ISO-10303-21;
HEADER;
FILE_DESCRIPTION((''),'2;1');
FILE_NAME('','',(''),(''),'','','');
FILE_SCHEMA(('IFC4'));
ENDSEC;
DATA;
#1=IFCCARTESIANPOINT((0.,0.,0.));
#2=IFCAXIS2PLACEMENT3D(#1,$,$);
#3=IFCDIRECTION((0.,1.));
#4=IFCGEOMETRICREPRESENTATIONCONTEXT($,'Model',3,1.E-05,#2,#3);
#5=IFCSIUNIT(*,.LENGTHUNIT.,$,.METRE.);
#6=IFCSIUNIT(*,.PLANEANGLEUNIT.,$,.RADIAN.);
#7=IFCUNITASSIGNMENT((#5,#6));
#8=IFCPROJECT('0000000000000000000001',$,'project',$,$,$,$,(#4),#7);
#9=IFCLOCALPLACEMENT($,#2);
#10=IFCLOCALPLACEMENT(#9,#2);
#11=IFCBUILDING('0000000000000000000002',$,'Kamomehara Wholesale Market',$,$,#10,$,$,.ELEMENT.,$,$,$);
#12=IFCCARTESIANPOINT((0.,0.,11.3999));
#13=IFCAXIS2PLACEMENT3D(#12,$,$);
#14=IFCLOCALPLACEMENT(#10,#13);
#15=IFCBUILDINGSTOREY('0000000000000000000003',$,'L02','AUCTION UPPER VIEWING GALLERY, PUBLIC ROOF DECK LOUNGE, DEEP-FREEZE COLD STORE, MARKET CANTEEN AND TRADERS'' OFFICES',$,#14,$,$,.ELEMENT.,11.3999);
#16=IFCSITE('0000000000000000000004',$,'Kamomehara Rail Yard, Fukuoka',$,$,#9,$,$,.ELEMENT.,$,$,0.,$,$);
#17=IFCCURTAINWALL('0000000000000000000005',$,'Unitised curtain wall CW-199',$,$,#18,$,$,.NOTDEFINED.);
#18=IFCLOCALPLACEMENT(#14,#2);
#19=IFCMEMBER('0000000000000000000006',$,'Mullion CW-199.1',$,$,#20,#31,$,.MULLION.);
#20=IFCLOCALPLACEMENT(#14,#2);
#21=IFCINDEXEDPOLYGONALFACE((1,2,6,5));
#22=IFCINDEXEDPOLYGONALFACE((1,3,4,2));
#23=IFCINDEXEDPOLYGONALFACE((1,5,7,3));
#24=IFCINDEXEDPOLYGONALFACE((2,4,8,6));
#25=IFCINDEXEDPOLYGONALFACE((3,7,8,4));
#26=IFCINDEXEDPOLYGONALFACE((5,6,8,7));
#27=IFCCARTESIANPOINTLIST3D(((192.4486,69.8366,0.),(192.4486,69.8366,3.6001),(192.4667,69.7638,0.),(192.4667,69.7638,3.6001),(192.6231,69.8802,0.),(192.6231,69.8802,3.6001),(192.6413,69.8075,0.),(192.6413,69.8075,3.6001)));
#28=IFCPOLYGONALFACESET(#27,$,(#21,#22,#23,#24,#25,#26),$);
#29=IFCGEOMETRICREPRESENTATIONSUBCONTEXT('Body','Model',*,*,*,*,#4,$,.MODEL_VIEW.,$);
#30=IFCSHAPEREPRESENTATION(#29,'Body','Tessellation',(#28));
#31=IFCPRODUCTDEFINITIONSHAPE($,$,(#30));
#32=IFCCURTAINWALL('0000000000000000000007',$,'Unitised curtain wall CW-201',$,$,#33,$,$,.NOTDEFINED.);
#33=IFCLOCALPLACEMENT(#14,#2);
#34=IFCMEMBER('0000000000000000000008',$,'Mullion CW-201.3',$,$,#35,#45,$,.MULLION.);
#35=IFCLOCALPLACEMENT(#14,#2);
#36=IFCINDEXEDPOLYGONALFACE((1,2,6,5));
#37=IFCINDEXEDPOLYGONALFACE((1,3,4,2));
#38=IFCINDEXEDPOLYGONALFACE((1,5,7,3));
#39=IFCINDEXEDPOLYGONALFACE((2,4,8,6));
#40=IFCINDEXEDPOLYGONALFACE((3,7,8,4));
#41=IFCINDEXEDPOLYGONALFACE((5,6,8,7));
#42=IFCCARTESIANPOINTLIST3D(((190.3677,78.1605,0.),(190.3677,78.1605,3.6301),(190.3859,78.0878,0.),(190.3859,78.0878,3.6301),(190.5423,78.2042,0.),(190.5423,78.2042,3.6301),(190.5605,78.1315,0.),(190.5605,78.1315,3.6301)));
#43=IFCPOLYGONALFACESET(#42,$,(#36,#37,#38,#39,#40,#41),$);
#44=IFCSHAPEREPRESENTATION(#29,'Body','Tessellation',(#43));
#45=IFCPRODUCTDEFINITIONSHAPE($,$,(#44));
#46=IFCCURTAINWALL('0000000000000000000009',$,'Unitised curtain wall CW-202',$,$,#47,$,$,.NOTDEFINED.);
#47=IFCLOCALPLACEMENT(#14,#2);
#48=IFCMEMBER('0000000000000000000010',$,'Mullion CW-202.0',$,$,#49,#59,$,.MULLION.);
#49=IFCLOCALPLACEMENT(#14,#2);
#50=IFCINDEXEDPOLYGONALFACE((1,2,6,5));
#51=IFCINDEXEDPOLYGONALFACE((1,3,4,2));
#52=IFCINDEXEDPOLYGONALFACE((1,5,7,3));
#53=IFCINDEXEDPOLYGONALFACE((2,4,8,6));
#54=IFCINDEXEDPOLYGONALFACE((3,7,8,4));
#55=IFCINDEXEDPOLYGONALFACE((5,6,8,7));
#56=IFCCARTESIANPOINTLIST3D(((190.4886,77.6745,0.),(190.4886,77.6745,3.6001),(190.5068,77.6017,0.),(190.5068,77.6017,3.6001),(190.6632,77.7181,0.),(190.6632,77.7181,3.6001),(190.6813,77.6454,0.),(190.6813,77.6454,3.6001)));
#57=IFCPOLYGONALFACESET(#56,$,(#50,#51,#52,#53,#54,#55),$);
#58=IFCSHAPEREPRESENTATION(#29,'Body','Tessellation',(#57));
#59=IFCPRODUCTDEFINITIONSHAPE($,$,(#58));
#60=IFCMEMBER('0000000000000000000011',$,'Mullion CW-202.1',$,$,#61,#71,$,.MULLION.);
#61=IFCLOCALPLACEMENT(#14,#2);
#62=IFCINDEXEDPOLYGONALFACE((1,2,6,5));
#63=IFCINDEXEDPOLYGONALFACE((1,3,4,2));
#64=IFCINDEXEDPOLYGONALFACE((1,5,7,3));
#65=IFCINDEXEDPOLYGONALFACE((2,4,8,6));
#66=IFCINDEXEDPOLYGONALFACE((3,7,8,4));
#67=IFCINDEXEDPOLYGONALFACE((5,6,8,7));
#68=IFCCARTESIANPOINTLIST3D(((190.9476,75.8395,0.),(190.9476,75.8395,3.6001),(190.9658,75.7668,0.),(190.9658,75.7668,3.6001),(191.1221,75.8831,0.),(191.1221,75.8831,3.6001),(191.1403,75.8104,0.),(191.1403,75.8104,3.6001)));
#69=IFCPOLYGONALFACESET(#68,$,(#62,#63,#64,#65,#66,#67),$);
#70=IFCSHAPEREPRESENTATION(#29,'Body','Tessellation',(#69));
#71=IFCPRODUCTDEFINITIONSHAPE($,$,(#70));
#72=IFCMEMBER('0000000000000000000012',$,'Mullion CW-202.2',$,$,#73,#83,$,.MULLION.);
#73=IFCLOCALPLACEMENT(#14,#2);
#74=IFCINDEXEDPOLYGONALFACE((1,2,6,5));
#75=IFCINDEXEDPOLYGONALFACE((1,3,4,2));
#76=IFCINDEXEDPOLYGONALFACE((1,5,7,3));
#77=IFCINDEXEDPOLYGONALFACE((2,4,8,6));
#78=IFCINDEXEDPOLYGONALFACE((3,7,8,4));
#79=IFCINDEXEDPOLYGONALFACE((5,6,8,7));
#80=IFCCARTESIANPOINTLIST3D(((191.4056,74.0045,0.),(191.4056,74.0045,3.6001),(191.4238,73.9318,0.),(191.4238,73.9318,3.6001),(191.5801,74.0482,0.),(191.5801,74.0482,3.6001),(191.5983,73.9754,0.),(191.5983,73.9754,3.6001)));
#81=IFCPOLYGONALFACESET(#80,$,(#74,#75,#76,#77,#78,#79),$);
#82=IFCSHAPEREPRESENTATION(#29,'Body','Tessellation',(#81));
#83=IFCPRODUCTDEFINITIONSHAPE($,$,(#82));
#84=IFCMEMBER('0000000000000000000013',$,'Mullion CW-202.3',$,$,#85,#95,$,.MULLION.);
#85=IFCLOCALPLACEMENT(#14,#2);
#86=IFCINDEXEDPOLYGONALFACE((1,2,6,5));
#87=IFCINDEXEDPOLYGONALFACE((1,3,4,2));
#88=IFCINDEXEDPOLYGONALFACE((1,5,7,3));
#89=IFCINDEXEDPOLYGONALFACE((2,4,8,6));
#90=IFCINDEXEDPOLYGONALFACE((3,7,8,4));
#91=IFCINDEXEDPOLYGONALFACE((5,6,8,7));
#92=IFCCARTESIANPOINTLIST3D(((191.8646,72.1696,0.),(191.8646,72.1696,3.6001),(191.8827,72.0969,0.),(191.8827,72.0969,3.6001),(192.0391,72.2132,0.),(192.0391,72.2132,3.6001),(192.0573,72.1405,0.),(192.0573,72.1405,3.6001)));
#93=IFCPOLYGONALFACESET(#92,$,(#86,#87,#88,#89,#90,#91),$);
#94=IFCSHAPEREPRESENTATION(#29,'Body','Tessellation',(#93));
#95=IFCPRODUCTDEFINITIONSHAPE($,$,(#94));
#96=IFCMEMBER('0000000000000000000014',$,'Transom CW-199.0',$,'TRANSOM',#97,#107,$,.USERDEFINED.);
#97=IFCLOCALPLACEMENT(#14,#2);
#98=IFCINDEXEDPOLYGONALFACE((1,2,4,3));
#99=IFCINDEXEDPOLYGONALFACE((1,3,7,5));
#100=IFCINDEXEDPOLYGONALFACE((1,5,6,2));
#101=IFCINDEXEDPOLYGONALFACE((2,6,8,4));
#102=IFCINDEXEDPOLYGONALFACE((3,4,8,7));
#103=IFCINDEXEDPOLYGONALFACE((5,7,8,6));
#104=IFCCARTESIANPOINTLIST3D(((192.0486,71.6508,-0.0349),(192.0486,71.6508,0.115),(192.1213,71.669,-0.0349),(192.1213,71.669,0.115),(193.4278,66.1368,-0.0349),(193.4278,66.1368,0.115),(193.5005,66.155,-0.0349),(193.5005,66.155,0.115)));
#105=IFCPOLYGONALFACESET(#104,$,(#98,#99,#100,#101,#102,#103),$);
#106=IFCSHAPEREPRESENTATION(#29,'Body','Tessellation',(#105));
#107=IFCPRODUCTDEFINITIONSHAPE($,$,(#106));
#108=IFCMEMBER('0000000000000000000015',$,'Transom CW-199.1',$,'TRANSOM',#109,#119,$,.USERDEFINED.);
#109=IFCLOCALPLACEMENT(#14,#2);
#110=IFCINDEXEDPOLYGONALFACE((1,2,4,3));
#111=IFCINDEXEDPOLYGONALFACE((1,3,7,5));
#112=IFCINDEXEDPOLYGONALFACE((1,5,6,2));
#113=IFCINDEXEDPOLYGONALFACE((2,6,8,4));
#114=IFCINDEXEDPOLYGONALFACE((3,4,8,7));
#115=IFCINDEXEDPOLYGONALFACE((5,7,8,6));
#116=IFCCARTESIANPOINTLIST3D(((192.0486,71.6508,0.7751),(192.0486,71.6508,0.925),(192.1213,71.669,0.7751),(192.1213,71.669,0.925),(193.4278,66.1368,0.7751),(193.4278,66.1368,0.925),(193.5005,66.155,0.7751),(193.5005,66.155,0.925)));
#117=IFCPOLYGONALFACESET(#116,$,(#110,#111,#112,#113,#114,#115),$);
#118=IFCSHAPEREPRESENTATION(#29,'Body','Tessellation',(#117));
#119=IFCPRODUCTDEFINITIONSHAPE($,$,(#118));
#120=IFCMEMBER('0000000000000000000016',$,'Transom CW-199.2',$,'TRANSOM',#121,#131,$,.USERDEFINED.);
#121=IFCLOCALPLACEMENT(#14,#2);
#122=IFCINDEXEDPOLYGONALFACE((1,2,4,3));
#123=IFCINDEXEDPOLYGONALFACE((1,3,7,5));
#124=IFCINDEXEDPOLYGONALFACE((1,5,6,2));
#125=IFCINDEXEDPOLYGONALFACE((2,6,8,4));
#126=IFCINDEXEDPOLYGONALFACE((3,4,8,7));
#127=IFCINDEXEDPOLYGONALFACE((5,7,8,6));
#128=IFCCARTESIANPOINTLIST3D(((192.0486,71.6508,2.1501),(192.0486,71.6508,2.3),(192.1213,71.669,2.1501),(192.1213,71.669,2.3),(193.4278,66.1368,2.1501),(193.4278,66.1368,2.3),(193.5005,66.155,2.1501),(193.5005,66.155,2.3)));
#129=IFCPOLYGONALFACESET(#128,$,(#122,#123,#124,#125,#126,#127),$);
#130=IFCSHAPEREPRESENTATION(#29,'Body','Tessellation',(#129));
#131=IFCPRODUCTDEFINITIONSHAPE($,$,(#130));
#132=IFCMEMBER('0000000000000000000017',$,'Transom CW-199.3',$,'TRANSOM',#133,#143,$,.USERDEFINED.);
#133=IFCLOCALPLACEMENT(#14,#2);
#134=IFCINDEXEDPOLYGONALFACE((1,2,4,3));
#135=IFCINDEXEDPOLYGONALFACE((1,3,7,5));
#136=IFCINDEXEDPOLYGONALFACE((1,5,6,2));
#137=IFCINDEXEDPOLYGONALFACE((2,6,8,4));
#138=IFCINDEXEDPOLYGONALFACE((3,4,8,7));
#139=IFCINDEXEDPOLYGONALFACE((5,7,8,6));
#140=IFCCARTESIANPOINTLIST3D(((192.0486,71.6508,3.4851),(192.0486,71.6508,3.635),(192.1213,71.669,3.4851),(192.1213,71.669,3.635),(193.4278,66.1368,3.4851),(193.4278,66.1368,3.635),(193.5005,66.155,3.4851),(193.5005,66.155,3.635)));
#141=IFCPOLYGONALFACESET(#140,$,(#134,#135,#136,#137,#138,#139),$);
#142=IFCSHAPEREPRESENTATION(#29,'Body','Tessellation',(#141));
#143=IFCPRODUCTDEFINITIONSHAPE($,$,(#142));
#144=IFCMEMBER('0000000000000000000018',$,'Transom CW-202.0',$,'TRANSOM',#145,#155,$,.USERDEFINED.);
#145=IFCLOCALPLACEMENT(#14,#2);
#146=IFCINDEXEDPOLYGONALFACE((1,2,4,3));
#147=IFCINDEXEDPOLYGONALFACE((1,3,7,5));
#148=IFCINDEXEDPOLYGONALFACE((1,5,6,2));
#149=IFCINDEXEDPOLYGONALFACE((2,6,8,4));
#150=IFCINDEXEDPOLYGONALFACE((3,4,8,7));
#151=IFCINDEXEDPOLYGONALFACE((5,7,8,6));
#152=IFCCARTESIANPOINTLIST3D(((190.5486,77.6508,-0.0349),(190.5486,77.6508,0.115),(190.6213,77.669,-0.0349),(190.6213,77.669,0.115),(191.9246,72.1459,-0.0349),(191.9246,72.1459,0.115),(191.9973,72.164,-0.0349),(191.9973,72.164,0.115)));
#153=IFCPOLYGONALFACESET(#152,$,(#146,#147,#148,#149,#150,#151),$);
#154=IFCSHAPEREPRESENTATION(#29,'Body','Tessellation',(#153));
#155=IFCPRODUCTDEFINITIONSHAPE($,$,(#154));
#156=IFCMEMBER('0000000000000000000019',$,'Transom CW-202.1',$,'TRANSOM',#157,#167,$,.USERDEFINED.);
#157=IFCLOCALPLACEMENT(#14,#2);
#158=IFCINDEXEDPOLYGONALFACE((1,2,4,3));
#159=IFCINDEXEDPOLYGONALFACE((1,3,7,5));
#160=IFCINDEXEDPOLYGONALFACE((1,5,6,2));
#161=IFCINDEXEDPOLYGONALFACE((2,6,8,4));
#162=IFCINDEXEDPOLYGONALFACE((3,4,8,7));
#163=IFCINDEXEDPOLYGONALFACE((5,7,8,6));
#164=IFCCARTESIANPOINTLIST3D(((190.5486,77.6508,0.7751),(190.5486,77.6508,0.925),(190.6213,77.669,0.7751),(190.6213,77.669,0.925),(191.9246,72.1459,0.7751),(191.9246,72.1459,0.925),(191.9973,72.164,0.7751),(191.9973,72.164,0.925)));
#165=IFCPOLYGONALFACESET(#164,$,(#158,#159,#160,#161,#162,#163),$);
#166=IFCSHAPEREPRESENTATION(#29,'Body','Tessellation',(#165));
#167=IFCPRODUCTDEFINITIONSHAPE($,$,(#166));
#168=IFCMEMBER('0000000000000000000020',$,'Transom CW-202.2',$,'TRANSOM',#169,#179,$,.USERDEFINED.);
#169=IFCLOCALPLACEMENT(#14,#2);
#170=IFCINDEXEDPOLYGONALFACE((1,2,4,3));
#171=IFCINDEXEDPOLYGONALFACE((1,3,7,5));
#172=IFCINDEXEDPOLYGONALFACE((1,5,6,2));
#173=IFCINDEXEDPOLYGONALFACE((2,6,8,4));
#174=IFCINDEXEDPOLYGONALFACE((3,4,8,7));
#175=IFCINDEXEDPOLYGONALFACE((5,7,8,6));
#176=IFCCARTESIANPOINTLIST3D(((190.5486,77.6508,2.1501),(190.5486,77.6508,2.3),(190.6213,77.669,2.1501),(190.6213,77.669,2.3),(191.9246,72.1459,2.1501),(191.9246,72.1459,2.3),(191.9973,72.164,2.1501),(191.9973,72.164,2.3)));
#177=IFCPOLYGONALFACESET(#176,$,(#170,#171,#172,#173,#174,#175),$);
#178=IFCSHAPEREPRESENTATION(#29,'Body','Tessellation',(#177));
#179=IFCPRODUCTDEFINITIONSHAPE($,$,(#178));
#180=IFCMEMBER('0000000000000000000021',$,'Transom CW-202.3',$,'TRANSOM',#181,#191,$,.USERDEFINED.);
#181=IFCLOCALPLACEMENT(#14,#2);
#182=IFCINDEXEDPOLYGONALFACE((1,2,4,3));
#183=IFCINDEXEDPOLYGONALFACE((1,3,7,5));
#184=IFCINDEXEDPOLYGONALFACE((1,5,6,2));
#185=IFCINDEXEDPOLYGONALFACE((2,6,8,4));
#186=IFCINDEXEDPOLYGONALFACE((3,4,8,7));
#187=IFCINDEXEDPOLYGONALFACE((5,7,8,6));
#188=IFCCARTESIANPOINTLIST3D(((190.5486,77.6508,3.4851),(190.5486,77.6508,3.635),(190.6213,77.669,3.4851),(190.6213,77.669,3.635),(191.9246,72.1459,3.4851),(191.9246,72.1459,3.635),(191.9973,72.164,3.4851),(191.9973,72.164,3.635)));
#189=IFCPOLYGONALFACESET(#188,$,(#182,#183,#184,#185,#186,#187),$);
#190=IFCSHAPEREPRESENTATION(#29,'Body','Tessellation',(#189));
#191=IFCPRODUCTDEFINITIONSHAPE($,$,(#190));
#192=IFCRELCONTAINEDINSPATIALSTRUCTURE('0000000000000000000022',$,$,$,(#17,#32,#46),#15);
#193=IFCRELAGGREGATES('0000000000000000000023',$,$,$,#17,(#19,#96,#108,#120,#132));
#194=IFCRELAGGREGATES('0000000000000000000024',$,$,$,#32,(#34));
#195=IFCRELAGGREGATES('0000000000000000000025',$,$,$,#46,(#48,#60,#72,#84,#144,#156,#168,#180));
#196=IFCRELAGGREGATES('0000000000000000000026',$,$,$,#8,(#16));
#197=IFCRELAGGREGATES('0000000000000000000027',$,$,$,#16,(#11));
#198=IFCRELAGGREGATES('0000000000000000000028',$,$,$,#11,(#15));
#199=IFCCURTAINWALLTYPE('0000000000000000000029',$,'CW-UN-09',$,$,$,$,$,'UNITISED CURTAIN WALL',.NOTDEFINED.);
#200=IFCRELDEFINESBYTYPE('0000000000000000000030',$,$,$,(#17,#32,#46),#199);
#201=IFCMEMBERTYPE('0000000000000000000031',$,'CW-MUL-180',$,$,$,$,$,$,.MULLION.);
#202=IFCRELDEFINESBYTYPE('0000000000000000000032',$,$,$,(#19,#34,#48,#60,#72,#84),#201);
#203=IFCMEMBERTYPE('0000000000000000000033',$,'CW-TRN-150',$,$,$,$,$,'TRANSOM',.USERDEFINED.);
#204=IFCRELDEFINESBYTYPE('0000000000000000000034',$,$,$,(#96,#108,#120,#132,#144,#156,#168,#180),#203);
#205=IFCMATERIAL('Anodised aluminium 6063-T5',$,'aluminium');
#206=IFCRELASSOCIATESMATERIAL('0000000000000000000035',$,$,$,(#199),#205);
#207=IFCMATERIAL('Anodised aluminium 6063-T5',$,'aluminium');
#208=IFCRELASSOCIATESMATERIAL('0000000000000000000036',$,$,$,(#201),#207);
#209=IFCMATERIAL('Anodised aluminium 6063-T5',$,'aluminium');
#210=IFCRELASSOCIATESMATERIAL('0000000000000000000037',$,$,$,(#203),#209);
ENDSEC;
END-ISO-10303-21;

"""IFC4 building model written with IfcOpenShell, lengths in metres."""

from ifc_helpers import new_model, si_unit, direction, frame, origin, origin_2d, place, context, subcontext, project, spatial, rectangle, extrude, material, material_profile, profile_set, type_object, element, aggregate, save


model = new_model("IFC4")

# Units and contexts
model_context = context("Model", 3, precision=1e-05, world=origin(), true_north=direction((0.0, 1.0)))
body_context = subcontext(model_context, "Body", "Model", "MODEL_VIEW")
ifc_project = project(units=[si_unit("LENGTHUNIT", "METRE"), si_unit("PLANEANGLEUNIT", "RADIAN")], contexts=[model_context])

# Site, building, storey
site_placement = place(None, origin())
site = spatial("IfcSite", under=ifc_project, at=site_placement, Name="Kamomehara Rail Yard, Fukuoka", CompositionType="ELEMENT", RefElevation=0.0)
building_placement = place(site_placement, origin())
building = spatial("IfcBuilding", under=site, at=building_placement, Name="Kamomehara Wholesale Market", CompositionType="ELEMENT")
storey_placement = place(building_placement, frame((0.0, 0.0, 11.3999)))
storey = spatial("IfcBuildingStorey", under=building, at=storey_placement, Name="L02", Description="AUCTION UPPER VIEWING GALLERY, PUBLIC ROOF DECK LOUNGE, DEEP-FREEZE COLD STORE, MARKET CANTEEN AND TRADERS' OFFICES", CompositionType="ELEMENT", Elevation=11.3999)

# Curtain wall, member
ifc_material_1 = material(Name="Anodised aluminium 6063-T5", Category="aluminium")
curtain_wall_type = type_object("IfcCurtainWallType", Name="CW-UN-09", ElementType="UNITISED CURTAIN WALL", PredefinedType="NOTDEFINED", material=ifc_material_1)
curtain_wall_1_placement = place(storey_placement, origin())
curtain_wall_1 = element("IfcCurtainWall", 1, at=curtain_wall_1_placement, inside=storey, type_object=curtain_wall_type, Name="Unitised curtain wall CW-199", PredefinedType="NOTDEFINED")
ifc_material_2 = material(Name="Anodised aluminium 6063-T5", Category="aluminium")
ifc_material_profile_1 = material_profile(ifc_material_2, rectangle(XDim=0.075, YDim=0.1799, at=origin_2d()), Name="ALU-MUL-75x180")
ifc_profile_set_1 = profile_set([ifc_material_profile_1], Name="Anodised aluminium 6063-T5")
member_type_1 = type_object("IfcMemberType", Name="CW-MUL-180", PredefinedType="MULLION", material=ifc_profile_set_1)
member_1_placement = place(storey_placement, frame((192.5449, 69.822, 0.0), z_axis=(0.0, 0.0, 1.0), x_axis=(0.242618, -0.970122, 0.0)))
member_1 = element("IfcMember", 2, at=member_1_placement, type_object=member_type_1, Name="Mullion CW-199.1", PredefinedType="MULLION", context=body_context, shape_type="SweptSolid", body=[
    extrude(rectangle(XDim=0.075, YDim=0.1799, at=origin_2d()), origin(), (0.0, 0.0, 1.0), 3.6001),
])

# Curtain wall, member
curtain_wall_2_placement = place(storey_placement, origin())
curtain_wall_2 = element("IfcCurtainWall", 3, at=curtain_wall_2_placement, inside=storey, type_object=curtain_wall_type, Name="Unitised curtain wall CW-201", PredefinedType="NOTDEFINED")
member_2_placement = place(storey_placement, frame((190.4641, 78.146, 0.0), z_axis=(0.0, 0.0, 1.0), x_axis=(0.242618, -0.970122, 0.0)))
member_2 = element("IfcMember", 4, at=member_2_placement, type_object=member_type_1, Name="Mullion CW-201.3", PredefinedType="MULLION", context=body_context, shape_type="SweptSolid", body=[
    extrude(rectangle(XDim=0.075, YDim=0.1799, at=origin_2d()), origin(), (0.0, 0.0, 1.0), 3.6301),
])

# Curtain wall, members
curtain_wall_3_placement = place(storey_placement, origin())
curtain_wall_3 = element("IfcCurtainWall", 5, at=curtain_wall_3_placement, inside=storey, type_object=curtain_wall_type, Name="Unitised curtain wall CW-202", PredefinedType="NOTDEFINED")
member_3_placement = place(storey_placement, frame((190.585, 77.6599, 0.0), z_axis=(0.0, 0.0, 1.0), x_axis=(0.242494, -0.970153, 0.0)))
member_3 = element("IfcMember", 6, at=member_3_placement, type_object=member_type_1, Name="Mullion CW-202.0", PredefinedType="MULLION", context=body_context, shape_type="SweptSolid", body=[
    extrude(rectangle(XDim=0.075, YDim=0.1799, at=origin_2d()), origin(), (0.0, 0.0, 1.0), 3.6001),
])
member_4_placement = place(storey_placement, frame((191.0439, 75.825, 0.0), z_axis=(0.0, 0.0, 1.0), x_axis=(0.242494, -0.970153, 0.0)))
member_4 = element("IfcMember", 7, at=member_4_placement, type_object=member_type_1, Name="Mullion CW-202.1", PredefinedType="MULLION", context=body_context, shape_type="SweptSolid", body=[
    extrude(rectangle(XDim=0.075, YDim=0.1799, at=origin_2d()), origin(), (0.0, 0.0, 1.0), 3.6001),
])
member_5_placement = place(storey_placement, frame((191.502, 73.99, 0.0), z_axis=(0.0, 0.0, 1.0), x_axis=(0.242494, -0.970153, 0.0)))
member_5 = element("IfcMember", 8, at=member_5_placement, type_object=member_type_1, Name="Mullion CW-202.2", PredefinedType="MULLION", context=body_context, shape_type="SweptSolid", body=[
    extrude(rectangle(XDim=0.075, YDim=0.1799, at=origin_2d()), origin(), (0.0, 0.0, 1.0), 3.6001),
])
member_6_placement = place(storey_placement, frame((191.9609, 72.155, 0.0), z_axis=(0.0, 0.0, 1.0), x_axis=(0.242494, -0.970153, 0.0)))
member_6 = element("IfcMember", 9, at=member_6_placement, type_object=member_type_1, Name="Mullion CW-202.3", PredefinedType="MULLION", context=body_context, shape_type="SweptSolid", body=[
    extrude(rectangle(XDim=0.075, YDim=0.1799, at=origin_2d()), origin(), (0.0, 0.0, 1.0), 3.6001),
])

# Members
ifc_material_3 = material(Name="Anodised aluminium 6063-T5", Category="aluminium")
ifc_material_profile_2 = material_profile(ifc_material_3, rectangle(XDim=0.075, YDim=0.1499, at=origin_2d()), Name="ALU-TRN-75x150")
ifc_profile_set_2 = profile_set([ifc_material_profile_2], Name="Anodised aluminium 6063-T5")
member_type_2 = type_object("IfcMemberType", Name="CW-TRN-150", ElementType="TRANSOM", PredefinedType="USERDEFINED", material=ifc_profile_set_2)
member_7_placement = place(storey_placement, frame((192.085, 71.6599, 0.04), z_axis=(0.242647, -0.970115, 0.0), x_axis=(0.970115, 0.242647, 0.0)))
member_7 = element("IfcMember", 10, at=member_7_placement, type_object=member_type_2, Name="Transom CW-199.0", ObjectType="TRANSOM", PredefinedType="USERDEFINED", context=body_context, shape_type="SweptSolid", body=[
    extrude(rectangle(XDim=0.075, YDim=0.1499, at=origin_2d()), origin(), (0.0, 0.0, 1.0), 5.6838),
])
member_8_placement = place(storey_placement, frame((192.085, 71.6599, 0.8501), z_axis=(0.242647, -0.970115, 0.0), x_axis=(0.970115, 0.242647, 0.0)))
member_8 = element("IfcMember", 11, at=member_8_placement, type_object=member_type_2, Name="Transom CW-199.1", ObjectType="TRANSOM", PredefinedType="USERDEFINED", context=body_context, shape_type="SweptSolid", body=[
    extrude(rectangle(XDim=0.075, YDim=0.1499, at=origin_2d()), origin(), (0.0, 0.0, 1.0), 5.6838),
])
member_9_placement = place(storey_placement, frame((192.085, 71.6599, 2.2251), z_axis=(0.242647, -0.970115, 0.0), x_axis=(0.970115, 0.242647, 0.0)))
member_9 = element("IfcMember", 12, at=member_9_placement, type_object=member_type_2, Name="Transom CW-199.2", ObjectType="TRANSOM", PredefinedType="USERDEFINED", context=body_context, shape_type="SweptSolid", body=[
    extrude(rectangle(XDim=0.075, YDim=0.1499, at=origin_2d()), origin(), (0.0, 0.0, 1.0), 5.6838),
])
member_10_placement = place(storey_placement, frame((192.085, 71.6599, 3.5601), z_axis=(0.242647, -0.970115, 0.0), x_axis=(0.970115, 0.242647, 0.0)))
member_10 = element("IfcMember", 13, at=member_10_placement, type_object=member_type_2, Name="Transom CW-199.3", ObjectType="TRANSOM", PredefinedType="USERDEFINED", context=body_context, shape_type="SweptSolid", body=[
    extrude(rectangle(XDim=0.075, YDim=0.1499, at=origin_2d()), origin(), (0.0, 0.0, 1.0), 5.6838),
])
member_11_placement = place(storey_placement, frame((190.585, 77.6599, 0.04), z_axis=(0.242495, -0.970153, 0.0), x_axis=(0.970153, 0.242495, 0.0)))
member_11 = element("IfcMember", 14, at=member_11_placement, type_object=member_type_2, Name="Transom CW-202.0", ObjectType="TRANSOM", PredefinedType="USERDEFINED", context=body_context, shape_type="SweptSolid", body=[
    extrude(rectangle(XDim=0.075, YDim=0.1499, at=origin_2d()), origin(), (0.0, 0.0, 1.0), 5.6743),
])
member_12_placement = place(storey_placement, frame((190.585, 77.6599, 0.8501), z_axis=(0.242495, -0.970153, 0.0), x_axis=(0.970153, 0.242495, 0.0)))
member_12 = element("IfcMember", 15, at=member_12_placement, type_object=member_type_2, Name="Transom CW-202.1", ObjectType="TRANSOM", PredefinedType="USERDEFINED", context=body_context, shape_type="SweptSolid", body=[
    extrude(rectangle(XDim=0.075, YDim=0.1499, at=origin_2d()), origin(), (0.0, 0.0, 1.0), 5.6743),
])
member_13_placement = place(storey_placement, frame((190.585, 77.6599, 2.2251), z_axis=(0.242495, -0.970153, 0.0), x_axis=(0.970153, 0.242495, 0.0)))
member_13 = element("IfcMember", 16, at=member_13_placement, type_object=member_type_2, Name="Transom CW-202.2", ObjectType="TRANSOM", PredefinedType="USERDEFINED", context=body_context, shape_type="SweptSolid", body=[
    extrude(rectangle(XDim=0.075, YDim=0.1499, at=origin_2d()), origin(), (0.0, 0.0, 1.0), 5.6743),
])
member_14_placement = place(storey_placement, frame((190.585, 77.6599, 3.5601), z_axis=(0.242495, -0.970153, 0.0), x_axis=(0.970153, 0.242495, 0.0)))
member_14 = element("IfcMember", 17, at=member_14_placement, type_object=member_type_2, Name="Transom CW-202.3", ObjectType="TRANSOM", PredefinedType="USERDEFINED", context=body_context, shape_type="SweptSolid", body=[
    extrude(rectangle(XDim=0.075, YDim=0.1499, at=origin_2d()), origin(), (0.0, 0.0, 1.0), 5.6743),
])

aggregate(curtain_wall_1, [member_1, member_7, member_8, member_9, member_10])
aggregate(curtain_wall_2, [member_2])
aggregate(curtain_wall_3, [member_3, member_4, member_5, member_6, member_11, member_12, member_13, member_14])

save(model, "model.ifc")
